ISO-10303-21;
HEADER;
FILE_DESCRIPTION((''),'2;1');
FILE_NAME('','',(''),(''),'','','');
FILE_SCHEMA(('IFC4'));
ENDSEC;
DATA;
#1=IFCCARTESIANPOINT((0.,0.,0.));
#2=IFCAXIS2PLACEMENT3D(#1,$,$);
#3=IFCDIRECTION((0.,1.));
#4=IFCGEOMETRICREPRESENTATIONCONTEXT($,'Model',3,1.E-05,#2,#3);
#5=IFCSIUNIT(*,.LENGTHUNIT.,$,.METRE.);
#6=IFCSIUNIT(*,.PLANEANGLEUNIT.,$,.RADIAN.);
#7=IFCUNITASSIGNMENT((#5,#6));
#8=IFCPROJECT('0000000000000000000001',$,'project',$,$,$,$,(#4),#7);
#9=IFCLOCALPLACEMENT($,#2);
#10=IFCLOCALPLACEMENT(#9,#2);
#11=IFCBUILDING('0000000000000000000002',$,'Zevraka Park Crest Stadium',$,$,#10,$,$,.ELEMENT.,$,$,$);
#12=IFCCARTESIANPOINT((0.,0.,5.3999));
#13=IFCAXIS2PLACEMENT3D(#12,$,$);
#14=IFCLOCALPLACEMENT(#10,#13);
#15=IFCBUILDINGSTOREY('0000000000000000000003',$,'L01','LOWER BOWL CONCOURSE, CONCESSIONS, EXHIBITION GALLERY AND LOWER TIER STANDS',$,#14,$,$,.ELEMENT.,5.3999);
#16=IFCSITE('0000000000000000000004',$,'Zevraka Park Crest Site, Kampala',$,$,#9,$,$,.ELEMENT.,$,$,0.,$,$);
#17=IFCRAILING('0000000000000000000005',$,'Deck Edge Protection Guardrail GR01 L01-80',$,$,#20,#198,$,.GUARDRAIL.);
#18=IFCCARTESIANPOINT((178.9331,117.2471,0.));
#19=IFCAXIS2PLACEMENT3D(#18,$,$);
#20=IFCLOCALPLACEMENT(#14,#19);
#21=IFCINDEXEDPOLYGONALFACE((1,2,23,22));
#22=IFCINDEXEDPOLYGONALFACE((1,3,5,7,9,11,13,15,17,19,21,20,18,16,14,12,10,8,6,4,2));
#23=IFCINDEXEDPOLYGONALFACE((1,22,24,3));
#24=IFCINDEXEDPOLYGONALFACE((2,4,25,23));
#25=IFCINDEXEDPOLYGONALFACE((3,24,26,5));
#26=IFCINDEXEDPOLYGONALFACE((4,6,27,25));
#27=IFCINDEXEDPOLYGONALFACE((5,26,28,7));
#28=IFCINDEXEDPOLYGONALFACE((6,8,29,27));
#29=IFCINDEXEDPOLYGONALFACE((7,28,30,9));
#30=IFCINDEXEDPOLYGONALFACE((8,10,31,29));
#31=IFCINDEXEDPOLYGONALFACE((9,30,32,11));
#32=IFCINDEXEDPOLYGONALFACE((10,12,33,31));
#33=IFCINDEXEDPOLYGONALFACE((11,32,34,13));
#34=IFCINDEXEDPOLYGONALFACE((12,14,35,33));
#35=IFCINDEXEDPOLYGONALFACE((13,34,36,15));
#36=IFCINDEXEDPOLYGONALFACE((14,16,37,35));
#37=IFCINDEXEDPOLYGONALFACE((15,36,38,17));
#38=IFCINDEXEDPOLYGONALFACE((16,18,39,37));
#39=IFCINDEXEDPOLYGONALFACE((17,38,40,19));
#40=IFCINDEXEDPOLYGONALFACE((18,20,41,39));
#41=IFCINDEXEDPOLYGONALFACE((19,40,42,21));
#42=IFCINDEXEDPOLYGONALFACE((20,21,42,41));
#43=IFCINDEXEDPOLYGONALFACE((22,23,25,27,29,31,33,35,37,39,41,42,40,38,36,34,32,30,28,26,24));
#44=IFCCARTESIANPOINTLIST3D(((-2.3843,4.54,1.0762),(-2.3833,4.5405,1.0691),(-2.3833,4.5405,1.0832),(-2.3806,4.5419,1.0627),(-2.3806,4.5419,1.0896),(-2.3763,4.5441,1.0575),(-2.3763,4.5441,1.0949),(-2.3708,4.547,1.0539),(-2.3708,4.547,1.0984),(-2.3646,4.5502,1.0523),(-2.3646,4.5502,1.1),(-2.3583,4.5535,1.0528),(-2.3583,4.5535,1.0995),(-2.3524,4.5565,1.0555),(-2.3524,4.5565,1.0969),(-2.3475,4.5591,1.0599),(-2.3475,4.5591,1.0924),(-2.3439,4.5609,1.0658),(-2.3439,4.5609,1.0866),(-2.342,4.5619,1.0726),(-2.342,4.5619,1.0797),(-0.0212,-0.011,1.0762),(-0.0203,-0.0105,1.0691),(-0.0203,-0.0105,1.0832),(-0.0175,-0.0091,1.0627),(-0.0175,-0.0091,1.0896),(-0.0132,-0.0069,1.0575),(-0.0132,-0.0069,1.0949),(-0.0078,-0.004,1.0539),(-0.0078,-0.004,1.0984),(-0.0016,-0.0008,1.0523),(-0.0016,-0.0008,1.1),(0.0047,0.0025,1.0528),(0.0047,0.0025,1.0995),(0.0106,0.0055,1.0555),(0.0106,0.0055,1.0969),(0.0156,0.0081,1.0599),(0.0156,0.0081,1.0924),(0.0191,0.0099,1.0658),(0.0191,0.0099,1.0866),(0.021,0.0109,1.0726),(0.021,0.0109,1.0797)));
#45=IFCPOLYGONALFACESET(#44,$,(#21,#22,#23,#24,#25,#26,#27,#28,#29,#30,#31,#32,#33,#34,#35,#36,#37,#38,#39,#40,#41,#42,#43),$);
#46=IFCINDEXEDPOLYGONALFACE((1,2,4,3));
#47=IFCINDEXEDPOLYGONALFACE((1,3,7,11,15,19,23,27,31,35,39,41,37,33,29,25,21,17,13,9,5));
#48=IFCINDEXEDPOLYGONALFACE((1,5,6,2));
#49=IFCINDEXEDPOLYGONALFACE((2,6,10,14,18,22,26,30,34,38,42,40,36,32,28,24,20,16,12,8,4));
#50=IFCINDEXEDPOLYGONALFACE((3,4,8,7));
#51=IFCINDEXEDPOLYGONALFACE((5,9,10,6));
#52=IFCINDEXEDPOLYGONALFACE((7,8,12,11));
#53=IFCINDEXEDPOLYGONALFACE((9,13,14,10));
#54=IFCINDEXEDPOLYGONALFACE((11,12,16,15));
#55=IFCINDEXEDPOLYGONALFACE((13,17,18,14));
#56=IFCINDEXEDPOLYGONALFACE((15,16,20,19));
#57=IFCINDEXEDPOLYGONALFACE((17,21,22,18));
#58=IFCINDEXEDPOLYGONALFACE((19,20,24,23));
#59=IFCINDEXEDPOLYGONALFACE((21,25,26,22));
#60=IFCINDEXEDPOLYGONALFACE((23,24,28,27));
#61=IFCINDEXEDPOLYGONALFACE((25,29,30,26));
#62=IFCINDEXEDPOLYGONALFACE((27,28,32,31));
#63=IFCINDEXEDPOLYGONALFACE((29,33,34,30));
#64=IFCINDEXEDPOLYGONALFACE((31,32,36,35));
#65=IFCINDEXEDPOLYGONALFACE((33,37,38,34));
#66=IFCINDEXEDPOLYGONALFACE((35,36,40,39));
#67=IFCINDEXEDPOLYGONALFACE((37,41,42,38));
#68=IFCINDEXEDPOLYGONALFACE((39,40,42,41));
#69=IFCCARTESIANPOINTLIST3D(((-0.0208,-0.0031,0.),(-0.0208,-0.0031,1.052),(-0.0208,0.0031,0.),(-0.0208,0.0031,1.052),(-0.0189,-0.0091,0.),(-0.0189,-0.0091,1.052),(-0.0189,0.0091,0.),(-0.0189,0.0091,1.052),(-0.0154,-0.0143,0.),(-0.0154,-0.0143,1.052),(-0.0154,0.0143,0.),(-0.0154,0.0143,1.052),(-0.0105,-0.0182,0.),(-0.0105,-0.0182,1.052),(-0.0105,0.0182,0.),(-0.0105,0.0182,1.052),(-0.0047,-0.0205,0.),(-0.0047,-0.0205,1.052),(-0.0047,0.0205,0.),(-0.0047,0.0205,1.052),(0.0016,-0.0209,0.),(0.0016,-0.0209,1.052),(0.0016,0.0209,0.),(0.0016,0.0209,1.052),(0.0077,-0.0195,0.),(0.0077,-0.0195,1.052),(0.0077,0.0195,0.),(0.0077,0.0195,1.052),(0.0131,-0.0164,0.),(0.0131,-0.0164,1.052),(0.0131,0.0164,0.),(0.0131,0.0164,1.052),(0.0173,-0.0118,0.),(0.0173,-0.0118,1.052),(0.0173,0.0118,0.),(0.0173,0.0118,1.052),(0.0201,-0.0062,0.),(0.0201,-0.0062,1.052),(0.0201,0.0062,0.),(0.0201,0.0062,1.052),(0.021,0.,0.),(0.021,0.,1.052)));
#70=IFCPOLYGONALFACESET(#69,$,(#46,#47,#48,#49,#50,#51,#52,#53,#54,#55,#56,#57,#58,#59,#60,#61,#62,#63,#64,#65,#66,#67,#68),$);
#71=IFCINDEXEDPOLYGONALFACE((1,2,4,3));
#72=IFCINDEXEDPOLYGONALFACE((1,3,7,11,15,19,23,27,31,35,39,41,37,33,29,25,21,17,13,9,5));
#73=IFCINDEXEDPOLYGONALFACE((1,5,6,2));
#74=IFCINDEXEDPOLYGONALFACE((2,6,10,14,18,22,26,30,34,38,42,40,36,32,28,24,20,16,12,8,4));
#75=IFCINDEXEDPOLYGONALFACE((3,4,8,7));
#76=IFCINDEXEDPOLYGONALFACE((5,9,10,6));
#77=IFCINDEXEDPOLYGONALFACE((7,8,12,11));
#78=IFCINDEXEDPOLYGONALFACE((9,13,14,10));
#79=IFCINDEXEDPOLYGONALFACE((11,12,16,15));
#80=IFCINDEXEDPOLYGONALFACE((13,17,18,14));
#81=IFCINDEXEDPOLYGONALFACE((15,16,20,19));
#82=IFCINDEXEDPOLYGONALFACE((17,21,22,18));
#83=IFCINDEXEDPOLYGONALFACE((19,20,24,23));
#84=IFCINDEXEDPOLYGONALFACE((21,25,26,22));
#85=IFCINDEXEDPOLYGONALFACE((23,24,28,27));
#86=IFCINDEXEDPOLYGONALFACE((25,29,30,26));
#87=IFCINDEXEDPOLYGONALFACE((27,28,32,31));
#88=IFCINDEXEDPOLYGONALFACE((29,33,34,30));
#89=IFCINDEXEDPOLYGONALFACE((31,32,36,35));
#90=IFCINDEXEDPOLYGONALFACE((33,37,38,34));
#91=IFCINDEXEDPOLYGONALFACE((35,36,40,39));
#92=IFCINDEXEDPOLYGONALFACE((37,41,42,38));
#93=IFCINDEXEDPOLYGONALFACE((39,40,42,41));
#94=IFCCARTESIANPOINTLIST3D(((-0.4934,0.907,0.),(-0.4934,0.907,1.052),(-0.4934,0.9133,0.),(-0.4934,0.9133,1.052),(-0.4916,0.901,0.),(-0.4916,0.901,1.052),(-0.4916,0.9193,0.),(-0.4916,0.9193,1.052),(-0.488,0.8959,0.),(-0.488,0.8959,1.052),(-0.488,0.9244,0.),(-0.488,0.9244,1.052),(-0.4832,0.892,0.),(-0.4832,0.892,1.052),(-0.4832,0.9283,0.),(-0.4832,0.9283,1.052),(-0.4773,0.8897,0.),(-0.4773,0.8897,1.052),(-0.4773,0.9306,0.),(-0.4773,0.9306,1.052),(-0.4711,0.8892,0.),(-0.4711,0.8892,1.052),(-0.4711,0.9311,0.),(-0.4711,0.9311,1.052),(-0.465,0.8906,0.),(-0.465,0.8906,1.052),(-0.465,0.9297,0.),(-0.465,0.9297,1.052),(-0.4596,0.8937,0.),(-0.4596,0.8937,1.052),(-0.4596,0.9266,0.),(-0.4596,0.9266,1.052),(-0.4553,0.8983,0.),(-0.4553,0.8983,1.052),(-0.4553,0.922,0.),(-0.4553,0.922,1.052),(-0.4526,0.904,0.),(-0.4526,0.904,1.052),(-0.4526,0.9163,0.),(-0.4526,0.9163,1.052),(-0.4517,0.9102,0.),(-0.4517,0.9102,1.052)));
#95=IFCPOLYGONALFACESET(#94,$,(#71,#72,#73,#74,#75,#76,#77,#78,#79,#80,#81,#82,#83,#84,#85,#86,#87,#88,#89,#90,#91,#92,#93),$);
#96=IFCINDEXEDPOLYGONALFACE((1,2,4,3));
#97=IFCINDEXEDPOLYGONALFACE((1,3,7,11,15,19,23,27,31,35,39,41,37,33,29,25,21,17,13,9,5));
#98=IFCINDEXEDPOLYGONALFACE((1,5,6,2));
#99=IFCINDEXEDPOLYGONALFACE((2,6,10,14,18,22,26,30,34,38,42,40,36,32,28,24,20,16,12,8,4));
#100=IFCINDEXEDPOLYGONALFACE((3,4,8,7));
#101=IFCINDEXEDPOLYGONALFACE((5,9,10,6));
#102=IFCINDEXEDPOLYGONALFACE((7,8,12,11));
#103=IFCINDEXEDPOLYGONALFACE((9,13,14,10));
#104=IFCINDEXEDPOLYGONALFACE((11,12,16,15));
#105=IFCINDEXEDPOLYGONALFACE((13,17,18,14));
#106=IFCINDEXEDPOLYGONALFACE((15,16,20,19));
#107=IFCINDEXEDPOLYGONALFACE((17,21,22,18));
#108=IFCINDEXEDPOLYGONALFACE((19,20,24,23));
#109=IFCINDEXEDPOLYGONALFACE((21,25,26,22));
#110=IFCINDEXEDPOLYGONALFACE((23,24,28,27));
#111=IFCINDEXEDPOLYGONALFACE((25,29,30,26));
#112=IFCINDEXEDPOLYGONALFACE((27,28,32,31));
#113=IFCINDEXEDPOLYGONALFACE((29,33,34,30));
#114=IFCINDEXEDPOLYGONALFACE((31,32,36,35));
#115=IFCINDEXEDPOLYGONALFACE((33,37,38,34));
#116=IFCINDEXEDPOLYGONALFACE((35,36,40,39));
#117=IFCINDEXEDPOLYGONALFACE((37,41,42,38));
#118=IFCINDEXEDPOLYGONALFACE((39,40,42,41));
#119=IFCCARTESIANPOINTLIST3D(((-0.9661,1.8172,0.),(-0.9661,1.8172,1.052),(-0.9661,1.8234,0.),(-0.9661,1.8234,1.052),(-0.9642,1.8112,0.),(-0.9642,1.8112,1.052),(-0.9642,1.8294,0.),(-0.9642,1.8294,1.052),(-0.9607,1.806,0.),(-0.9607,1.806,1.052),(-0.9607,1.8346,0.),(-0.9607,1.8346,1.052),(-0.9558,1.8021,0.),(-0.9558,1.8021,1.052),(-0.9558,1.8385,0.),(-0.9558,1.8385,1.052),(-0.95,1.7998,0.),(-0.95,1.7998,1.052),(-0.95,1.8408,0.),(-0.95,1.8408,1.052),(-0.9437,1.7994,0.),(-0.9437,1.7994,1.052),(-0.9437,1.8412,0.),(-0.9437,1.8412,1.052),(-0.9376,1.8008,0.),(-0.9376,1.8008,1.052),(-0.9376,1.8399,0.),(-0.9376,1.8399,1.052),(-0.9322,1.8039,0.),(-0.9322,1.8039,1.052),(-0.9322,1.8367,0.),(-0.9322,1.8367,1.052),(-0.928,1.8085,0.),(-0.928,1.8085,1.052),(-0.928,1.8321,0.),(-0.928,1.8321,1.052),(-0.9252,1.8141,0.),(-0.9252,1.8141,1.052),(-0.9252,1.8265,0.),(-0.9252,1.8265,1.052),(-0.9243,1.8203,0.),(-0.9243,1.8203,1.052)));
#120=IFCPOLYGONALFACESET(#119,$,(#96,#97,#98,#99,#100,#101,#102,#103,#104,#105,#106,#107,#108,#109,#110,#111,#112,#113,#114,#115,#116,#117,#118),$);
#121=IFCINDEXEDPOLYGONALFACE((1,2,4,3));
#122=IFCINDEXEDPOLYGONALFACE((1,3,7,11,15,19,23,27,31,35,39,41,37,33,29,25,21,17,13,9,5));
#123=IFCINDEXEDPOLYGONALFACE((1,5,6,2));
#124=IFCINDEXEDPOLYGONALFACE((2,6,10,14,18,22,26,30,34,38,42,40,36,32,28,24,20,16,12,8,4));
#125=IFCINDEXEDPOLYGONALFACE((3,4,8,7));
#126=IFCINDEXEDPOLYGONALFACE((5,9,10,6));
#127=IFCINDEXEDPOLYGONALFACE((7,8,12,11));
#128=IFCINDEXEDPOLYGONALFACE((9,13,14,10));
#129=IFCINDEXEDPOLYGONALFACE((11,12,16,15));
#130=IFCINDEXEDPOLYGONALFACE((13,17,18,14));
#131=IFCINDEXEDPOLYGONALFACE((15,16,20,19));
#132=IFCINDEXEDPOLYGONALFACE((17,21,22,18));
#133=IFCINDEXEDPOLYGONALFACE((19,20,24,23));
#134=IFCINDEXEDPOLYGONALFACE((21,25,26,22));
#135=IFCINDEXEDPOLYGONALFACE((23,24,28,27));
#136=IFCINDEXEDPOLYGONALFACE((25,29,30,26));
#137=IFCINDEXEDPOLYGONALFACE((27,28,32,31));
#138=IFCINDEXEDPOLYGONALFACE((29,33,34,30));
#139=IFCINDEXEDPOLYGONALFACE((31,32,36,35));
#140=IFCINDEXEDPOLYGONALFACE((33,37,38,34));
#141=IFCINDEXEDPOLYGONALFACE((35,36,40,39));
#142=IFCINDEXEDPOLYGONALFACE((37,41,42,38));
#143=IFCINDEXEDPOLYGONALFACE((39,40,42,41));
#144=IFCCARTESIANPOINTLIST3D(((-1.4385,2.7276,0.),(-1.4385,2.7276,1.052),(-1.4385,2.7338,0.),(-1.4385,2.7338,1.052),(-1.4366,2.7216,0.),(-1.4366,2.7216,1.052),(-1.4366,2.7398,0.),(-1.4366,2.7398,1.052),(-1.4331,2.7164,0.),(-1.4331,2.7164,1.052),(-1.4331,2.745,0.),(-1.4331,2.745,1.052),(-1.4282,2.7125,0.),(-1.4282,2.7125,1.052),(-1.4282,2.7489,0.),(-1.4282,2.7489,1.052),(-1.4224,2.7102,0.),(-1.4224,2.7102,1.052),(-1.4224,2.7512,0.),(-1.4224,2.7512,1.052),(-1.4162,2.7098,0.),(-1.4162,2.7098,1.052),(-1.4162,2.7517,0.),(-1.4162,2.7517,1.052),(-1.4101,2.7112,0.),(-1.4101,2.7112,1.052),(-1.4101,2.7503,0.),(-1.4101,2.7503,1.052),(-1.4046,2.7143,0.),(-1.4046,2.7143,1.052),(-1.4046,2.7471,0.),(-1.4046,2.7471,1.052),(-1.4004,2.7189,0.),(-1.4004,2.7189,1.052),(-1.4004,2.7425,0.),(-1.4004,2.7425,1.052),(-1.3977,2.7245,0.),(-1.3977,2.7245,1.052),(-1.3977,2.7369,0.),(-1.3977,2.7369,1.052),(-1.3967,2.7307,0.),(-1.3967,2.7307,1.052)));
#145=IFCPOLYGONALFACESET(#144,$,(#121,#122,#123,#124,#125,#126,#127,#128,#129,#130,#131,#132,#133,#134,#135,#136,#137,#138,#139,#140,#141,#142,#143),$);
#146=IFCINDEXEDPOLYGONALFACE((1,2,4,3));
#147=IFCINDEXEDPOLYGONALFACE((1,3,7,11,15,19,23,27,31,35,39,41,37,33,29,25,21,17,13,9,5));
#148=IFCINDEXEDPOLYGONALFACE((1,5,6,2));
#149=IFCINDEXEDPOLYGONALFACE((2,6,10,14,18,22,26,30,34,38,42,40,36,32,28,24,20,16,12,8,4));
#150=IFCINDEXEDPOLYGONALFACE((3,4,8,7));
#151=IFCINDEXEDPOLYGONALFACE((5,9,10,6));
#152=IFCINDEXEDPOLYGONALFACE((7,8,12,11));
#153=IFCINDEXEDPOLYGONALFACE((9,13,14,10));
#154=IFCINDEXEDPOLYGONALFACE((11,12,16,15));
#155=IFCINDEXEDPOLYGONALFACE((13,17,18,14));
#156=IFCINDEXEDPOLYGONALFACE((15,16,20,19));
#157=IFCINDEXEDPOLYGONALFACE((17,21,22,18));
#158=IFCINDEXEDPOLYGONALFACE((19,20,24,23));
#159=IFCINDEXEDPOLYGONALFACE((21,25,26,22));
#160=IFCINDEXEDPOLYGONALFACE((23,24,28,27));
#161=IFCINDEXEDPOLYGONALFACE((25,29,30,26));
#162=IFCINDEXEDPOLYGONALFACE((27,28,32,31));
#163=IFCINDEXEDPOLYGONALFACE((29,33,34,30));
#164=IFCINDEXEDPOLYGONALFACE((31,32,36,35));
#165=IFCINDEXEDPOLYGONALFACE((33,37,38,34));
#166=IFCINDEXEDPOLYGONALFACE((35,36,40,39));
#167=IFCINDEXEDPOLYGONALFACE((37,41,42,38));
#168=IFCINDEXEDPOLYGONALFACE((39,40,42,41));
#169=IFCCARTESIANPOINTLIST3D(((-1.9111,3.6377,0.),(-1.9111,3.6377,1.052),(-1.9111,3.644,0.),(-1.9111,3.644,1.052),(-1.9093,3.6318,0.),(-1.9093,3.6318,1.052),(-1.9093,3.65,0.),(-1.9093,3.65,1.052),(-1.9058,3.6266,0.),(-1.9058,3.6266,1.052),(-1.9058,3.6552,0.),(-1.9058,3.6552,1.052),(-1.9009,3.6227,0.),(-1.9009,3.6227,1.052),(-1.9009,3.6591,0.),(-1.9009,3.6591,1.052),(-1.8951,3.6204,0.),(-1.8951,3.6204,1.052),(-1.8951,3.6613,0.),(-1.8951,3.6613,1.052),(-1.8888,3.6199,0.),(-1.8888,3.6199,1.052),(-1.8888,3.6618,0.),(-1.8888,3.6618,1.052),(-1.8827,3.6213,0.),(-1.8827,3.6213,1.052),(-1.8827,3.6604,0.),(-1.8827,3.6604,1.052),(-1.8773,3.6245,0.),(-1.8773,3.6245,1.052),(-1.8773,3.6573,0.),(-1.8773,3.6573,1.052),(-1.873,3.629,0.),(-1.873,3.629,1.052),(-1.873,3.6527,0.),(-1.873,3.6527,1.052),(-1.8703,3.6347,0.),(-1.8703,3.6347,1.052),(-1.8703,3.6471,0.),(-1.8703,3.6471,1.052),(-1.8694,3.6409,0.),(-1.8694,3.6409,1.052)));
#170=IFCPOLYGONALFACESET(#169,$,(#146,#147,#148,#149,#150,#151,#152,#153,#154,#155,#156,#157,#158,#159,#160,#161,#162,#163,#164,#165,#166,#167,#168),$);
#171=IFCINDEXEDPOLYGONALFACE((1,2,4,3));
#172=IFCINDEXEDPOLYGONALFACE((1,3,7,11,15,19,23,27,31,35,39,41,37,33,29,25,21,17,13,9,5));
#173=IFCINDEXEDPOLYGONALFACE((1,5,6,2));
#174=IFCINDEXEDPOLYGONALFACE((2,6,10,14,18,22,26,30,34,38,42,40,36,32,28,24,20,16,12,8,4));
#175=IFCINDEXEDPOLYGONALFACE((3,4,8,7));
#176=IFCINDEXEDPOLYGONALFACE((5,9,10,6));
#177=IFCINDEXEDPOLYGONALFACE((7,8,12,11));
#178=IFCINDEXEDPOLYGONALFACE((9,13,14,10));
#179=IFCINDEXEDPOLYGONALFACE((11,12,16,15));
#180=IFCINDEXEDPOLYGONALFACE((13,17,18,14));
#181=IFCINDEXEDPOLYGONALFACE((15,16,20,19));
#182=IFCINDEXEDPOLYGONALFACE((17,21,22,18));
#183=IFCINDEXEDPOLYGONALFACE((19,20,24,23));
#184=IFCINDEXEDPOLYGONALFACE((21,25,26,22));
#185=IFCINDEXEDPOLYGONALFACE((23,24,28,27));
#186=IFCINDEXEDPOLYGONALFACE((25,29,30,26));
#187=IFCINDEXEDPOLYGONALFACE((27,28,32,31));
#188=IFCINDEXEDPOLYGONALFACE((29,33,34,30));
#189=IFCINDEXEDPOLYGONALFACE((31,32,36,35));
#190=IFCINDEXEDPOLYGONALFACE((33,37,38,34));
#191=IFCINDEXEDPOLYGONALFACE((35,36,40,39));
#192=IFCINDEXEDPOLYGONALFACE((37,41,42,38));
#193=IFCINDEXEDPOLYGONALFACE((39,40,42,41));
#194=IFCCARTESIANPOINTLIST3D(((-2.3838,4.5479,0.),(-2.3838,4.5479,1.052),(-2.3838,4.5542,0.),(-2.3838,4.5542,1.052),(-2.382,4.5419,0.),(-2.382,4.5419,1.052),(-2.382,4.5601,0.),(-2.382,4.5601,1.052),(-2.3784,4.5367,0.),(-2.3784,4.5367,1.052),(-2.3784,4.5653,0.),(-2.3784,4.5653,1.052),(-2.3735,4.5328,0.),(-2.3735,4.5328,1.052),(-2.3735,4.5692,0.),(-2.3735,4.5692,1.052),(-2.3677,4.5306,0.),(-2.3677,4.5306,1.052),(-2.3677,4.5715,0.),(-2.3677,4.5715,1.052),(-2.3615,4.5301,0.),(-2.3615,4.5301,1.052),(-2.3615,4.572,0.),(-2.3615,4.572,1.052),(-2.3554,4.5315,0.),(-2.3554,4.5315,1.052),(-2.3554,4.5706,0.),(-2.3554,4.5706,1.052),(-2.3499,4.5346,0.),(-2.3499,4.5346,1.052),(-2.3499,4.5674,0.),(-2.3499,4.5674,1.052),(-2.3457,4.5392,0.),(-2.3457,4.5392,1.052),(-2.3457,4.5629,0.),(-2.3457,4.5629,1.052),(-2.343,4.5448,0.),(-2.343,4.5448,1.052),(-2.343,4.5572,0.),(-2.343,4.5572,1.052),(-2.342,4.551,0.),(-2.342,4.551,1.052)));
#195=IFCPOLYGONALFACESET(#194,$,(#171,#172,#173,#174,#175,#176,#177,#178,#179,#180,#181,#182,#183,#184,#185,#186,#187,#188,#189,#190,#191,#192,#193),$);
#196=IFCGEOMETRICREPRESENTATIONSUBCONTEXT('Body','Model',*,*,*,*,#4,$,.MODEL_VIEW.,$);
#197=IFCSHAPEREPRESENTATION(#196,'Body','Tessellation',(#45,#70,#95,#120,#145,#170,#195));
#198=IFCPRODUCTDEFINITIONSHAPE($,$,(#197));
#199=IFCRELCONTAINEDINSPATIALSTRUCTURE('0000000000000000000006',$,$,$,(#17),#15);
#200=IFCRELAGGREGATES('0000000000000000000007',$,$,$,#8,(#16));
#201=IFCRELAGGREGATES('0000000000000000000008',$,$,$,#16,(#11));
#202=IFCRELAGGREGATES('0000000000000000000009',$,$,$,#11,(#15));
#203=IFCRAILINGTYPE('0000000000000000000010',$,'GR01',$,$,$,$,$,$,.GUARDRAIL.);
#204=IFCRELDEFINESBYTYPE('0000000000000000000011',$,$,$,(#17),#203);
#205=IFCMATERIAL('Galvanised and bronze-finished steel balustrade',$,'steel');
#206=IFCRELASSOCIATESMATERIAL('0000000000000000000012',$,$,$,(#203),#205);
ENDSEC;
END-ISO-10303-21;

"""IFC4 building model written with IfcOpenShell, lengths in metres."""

from ifc_helpers import new_model, si_unit, direction, frame, origin, origin_2d, place, context, subcontext, project, spatial, circle, extrude, material, type_object, element, save


model = new_model("IFC4")

# Units and contexts
model_context = context("Model", 3, precision=1e-05, world=origin(), true_north=direction((0.0, 1.0)))
body_context = subcontext(model_context, "Body", "Model", "MODEL_VIEW")
ifc_project = project(units=[si_unit("LENGTHUNIT", "METRE"), si_unit("PLANEANGLEUNIT", "RADIAN")], contexts=[model_context])

# Site, building, storey
site_placement = place(None, origin())
site = spatial("IfcSite", under=ifc_project, at=site_placement, Name="Zevraka Park Crest Site, Kampala", CompositionType="ELEMENT", RefElevation=0.0)
building_placement = place(site_placement, origin())
building = spatial("IfcBuilding", under=site, at=building_placement, Name="Zevraka Park Crest Stadium", CompositionType="ELEMENT")
storey_placement = place(building_placement, frame((0.0, 0.0, 5.3999)))
storey = spatial("IfcBuildingStorey", under=building, at=storey_placement, Name="L01", Description="LOWER BOWL CONCOURSE, CONCESSIONS, EXHIBITION GALLERY AND LOWER TIER STANDS", CompositionType="ELEMENT", Elevation=5.3999)

# Railing
ifc_material_1 = material(Name="Galvanised and bronze-finished steel balustrade", Category="steel")
railing_type_1 = type_object("IfcRailingType", Name="GR01", PredefinedType="GUARDRAIL", material=ifc_material_1)
railing_1_placement = place(storey_placement, frame((178.9331, 117.2471, 0.0)))
element("IfcRailing", 1, at=railing_1_placement, inside=storey, type_object=railing_type_1, Name="Deck Edge Protection Guardrail GR01 L01-80", PredefinedType="GUARDRAIL", context=body_context, shape_type="SweptSolid", body=[
    extrude(circle(Radius=0.0239, at=origin_2d()), frame((0.0, 0.0, 1.0762), z_axis=(-0.460816, 0.887496, 0.0), x_axis=(-0.887496, -0.460816, 0.0)), (0.0, 0.0, 1.0), 5.1279),
    extrude(circle(Radius=0.021, at=origin_2d()), origin(), (0.0, 0.0, 1.0), 1.052),
    extrude(circle(Radius=0.021, at=origin_2d()), frame((-0.4727, 0.9102, 0.0)), (0.0, 0.0, 1.0), 1.052),
    extrude(circle(Radius=0.021, at=origin_2d()), frame((-0.9453, 1.8203, 0.0)), (0.0, 0.0, 1.0), 1.052),
    extrude(circle(Radius=0.021, at=origin_2d()), frame((-1.4177, 2.7307, 0.0)), (0.0, 0.0, 1.0), 1.052),
    extrude(circle(Radius=0.021, at=origin_2d()), frame((-1.8904, 3.6409, 0.0)), (0.0, 0.0, 1.0), 1.052),
    extrude(circle(Radius=0.021, at=origin_2d()), frame((-2.363, 4.551, 0.0)), (0.0, 0.0, 1.0), 1.052),
])

save(model, "model.ifc")
